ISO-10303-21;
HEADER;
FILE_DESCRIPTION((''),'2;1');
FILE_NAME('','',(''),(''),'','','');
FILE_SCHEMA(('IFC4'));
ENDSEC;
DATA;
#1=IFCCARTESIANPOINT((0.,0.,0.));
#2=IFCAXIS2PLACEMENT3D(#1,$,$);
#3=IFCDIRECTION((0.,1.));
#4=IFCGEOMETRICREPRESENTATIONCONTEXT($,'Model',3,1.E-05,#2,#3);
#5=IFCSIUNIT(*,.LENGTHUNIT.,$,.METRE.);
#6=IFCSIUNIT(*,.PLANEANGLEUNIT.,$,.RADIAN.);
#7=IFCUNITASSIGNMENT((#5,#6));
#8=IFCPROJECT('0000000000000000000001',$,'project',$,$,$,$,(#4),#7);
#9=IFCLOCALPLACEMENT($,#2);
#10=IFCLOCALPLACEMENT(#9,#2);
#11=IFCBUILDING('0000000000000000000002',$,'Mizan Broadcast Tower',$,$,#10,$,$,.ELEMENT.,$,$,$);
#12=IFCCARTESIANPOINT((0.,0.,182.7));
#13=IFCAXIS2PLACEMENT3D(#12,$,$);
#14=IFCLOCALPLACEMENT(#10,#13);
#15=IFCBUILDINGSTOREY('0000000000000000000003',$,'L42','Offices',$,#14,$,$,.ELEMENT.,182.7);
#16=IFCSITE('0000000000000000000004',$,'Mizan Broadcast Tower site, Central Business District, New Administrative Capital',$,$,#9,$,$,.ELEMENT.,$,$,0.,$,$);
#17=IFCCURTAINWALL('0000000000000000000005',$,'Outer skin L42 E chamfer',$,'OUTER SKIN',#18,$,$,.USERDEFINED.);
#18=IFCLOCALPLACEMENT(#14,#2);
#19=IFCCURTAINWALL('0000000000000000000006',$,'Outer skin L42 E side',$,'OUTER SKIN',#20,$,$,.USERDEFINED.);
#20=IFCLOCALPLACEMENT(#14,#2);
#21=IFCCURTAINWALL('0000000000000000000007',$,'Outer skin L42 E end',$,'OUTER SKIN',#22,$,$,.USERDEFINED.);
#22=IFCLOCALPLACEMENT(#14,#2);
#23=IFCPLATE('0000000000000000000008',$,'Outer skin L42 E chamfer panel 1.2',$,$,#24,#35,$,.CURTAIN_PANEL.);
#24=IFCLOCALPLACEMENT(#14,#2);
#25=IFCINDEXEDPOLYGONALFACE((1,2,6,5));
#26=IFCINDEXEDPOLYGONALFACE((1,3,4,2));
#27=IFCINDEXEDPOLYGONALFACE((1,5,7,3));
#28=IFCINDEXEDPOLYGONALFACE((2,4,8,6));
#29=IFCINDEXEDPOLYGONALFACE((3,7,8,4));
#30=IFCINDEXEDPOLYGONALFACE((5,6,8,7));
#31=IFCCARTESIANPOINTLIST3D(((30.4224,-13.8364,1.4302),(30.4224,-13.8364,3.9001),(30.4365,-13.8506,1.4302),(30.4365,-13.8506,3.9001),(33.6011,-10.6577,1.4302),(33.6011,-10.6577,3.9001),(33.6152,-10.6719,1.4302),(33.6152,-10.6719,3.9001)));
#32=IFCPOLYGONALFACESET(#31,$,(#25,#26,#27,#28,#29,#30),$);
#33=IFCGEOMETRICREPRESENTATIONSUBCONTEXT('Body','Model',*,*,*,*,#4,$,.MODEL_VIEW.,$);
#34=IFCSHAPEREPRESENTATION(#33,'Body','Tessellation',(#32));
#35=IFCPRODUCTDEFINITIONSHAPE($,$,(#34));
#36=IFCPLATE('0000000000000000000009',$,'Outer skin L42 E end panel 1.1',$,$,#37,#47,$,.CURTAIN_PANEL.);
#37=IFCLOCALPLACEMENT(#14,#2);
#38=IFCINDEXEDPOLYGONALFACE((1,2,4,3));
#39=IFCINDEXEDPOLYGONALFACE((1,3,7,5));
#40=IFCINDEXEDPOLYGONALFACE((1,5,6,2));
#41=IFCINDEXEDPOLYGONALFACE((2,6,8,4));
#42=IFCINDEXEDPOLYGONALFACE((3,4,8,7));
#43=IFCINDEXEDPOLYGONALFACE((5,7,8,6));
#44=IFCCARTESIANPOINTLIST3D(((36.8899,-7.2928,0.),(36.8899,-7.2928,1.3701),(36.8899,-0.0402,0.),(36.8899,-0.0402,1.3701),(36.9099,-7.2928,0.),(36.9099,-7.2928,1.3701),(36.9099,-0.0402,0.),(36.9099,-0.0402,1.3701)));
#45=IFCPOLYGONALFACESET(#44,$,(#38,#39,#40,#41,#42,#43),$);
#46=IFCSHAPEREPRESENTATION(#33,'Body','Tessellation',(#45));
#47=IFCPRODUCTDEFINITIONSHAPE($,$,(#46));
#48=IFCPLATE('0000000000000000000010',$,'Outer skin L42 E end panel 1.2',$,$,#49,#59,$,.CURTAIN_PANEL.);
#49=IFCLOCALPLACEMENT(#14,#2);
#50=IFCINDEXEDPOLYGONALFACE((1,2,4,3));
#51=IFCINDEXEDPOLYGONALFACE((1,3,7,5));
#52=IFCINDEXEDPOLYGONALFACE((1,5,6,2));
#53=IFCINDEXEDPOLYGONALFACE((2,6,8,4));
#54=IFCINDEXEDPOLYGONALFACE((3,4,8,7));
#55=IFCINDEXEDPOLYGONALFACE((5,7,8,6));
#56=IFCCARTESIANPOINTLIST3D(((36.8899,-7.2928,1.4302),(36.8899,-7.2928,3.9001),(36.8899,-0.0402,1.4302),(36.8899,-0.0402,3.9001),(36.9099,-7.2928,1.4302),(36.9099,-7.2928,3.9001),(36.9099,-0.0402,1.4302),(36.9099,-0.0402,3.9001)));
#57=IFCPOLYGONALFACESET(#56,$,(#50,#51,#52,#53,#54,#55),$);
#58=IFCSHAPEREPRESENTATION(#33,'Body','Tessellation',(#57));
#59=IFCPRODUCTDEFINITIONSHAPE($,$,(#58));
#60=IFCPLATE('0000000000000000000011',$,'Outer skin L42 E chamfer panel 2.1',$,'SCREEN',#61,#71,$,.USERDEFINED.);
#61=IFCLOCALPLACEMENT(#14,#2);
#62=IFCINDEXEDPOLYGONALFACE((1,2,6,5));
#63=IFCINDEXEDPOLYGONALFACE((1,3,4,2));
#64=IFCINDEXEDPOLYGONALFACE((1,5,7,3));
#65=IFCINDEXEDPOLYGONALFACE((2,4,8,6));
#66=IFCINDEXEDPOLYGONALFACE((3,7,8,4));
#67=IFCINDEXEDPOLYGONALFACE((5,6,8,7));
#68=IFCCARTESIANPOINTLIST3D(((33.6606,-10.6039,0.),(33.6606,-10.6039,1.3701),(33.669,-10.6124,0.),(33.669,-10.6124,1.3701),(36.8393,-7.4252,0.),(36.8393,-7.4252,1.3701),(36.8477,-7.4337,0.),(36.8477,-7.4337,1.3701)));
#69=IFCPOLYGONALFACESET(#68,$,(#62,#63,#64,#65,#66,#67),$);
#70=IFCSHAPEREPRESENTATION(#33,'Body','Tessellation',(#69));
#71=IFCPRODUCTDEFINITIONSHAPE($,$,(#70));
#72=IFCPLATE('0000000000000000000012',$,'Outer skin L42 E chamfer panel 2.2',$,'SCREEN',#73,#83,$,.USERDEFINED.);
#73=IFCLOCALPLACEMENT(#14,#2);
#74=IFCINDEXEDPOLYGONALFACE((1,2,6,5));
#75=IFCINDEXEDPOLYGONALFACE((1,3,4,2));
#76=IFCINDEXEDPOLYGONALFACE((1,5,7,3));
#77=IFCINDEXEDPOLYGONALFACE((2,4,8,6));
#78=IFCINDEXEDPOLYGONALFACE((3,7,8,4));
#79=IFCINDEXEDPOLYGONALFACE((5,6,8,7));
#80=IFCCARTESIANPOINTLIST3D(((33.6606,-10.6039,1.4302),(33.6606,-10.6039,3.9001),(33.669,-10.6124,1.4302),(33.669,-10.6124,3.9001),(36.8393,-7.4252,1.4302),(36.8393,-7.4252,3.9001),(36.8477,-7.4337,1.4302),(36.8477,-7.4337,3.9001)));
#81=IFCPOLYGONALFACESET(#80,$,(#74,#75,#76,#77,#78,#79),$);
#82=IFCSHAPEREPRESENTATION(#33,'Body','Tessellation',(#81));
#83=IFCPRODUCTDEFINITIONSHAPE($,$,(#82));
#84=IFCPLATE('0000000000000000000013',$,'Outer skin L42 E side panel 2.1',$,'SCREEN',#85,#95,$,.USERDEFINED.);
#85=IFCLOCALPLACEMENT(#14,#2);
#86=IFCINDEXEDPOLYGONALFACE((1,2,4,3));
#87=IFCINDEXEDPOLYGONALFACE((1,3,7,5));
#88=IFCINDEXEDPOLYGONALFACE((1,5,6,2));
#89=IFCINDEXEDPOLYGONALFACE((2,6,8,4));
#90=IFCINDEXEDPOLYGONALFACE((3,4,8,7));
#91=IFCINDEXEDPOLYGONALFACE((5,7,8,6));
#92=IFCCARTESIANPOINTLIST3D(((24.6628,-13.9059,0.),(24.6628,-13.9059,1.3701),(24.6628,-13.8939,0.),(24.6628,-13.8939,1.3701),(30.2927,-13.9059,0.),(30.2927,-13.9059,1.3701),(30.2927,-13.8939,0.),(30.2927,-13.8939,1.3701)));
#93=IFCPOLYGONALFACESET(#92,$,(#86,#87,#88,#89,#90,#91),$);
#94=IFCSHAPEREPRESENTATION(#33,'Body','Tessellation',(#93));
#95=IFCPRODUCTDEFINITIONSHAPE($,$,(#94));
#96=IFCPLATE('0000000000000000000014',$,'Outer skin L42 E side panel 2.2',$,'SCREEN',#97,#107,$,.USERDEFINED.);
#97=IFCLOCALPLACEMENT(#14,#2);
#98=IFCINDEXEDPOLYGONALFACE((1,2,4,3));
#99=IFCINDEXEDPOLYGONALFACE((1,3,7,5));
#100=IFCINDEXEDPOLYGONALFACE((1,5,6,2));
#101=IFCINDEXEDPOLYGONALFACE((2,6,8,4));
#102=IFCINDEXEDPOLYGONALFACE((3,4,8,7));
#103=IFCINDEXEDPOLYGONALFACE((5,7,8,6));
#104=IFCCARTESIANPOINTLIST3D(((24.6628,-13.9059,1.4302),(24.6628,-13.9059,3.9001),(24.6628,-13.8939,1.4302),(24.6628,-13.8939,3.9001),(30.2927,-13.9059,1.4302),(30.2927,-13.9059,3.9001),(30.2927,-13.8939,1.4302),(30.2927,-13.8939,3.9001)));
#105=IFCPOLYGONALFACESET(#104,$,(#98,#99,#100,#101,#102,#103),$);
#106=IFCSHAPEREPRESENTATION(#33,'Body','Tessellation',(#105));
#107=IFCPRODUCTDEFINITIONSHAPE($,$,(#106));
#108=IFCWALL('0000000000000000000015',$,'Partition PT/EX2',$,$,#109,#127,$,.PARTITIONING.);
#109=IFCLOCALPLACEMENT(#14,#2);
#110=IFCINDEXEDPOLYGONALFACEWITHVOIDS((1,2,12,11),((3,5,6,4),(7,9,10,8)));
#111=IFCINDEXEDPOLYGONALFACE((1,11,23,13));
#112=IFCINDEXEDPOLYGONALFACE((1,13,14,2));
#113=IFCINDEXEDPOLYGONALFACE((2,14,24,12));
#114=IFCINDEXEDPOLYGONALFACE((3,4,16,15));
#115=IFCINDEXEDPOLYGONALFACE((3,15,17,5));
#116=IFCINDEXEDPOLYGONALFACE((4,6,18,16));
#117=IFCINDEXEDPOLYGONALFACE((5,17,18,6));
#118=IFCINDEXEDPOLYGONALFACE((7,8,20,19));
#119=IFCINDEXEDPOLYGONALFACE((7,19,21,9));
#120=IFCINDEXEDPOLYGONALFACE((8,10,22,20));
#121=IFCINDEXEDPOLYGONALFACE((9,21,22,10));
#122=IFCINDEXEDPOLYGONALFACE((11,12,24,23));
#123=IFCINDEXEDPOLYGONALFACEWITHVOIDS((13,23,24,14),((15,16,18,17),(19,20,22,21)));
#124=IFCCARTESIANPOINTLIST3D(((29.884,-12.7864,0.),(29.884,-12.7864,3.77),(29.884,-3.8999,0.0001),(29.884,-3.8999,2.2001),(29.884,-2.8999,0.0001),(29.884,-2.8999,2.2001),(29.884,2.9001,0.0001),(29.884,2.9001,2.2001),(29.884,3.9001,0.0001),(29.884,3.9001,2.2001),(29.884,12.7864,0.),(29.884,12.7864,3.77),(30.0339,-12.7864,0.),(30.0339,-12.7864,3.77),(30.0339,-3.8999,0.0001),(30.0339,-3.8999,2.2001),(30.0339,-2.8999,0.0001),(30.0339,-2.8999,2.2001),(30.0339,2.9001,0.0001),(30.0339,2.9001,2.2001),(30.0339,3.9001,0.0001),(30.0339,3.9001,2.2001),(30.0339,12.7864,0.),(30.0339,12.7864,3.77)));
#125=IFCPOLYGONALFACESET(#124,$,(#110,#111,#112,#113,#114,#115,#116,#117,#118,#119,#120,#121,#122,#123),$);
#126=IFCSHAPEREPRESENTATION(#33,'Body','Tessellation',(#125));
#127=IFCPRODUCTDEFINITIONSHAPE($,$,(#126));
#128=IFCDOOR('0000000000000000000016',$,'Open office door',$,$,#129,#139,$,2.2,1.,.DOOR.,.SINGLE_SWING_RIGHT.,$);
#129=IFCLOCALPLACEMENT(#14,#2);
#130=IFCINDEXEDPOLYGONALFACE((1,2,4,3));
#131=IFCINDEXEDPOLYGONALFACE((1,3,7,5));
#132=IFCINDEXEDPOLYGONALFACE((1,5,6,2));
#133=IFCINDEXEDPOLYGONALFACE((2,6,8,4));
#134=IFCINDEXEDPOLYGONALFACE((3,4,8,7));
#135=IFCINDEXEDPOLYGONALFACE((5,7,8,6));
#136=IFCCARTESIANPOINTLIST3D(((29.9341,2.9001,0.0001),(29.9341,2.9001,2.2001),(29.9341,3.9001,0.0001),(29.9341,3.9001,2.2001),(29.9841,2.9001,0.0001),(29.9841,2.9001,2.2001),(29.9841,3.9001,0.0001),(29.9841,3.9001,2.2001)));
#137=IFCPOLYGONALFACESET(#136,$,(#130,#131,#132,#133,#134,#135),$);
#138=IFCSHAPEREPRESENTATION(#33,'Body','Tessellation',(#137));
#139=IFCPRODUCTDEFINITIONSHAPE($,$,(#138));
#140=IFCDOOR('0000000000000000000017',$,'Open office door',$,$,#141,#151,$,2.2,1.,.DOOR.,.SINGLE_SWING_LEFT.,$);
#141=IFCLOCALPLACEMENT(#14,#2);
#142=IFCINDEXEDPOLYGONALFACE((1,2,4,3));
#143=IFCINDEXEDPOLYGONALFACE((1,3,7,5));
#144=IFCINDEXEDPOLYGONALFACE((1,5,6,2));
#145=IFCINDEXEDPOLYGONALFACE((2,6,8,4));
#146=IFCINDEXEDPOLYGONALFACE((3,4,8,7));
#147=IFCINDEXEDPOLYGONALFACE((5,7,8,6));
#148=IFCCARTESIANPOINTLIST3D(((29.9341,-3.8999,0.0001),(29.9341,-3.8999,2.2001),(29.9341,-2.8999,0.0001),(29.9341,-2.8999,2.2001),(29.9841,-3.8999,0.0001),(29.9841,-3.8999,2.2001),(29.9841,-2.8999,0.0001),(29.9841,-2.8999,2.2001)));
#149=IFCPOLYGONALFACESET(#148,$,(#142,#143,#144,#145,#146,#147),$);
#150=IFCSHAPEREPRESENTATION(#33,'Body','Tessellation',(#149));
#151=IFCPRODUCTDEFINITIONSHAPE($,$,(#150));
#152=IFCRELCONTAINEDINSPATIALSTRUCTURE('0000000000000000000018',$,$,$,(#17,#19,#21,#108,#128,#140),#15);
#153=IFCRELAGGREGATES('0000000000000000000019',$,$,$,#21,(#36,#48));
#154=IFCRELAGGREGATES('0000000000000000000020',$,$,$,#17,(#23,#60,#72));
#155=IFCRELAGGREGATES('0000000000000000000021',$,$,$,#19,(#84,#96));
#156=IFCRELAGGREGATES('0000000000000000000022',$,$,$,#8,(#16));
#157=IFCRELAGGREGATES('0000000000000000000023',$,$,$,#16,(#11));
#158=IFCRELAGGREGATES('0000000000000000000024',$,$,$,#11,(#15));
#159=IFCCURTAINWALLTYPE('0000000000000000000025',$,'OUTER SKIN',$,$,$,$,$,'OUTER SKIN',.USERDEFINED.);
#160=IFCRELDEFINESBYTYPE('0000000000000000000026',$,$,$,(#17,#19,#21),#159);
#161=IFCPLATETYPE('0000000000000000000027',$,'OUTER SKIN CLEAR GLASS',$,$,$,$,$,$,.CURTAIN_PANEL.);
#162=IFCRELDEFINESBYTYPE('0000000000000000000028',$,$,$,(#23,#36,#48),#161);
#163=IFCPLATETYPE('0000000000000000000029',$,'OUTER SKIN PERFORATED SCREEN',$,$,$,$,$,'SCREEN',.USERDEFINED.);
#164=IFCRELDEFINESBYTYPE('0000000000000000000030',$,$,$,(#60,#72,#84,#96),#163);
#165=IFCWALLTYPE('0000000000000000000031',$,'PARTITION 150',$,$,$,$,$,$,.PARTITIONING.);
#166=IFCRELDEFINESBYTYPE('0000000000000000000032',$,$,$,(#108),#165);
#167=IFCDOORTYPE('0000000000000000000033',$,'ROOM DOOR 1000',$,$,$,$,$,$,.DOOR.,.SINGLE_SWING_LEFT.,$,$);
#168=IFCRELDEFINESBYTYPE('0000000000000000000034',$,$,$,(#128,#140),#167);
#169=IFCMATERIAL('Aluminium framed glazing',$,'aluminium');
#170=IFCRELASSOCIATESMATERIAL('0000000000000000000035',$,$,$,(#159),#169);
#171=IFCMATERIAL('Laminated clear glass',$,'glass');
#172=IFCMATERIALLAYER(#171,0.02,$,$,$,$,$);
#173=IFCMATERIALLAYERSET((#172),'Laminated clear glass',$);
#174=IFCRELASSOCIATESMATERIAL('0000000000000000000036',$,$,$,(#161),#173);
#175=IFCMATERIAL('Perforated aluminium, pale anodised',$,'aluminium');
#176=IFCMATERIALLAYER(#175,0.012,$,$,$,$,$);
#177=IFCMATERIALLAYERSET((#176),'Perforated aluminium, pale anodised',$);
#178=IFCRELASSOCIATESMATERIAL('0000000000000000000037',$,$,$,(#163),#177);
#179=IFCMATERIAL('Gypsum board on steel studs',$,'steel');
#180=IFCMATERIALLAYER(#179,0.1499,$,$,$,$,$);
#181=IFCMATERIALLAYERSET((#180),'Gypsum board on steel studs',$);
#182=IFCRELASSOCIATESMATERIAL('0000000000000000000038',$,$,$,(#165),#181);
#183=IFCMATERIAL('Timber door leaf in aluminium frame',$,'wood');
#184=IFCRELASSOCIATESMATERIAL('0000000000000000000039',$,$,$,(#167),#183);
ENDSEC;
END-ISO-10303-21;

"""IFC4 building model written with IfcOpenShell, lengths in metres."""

from ifc_helpers import new_model, si_unit, direction, frame, frame_2d, origin, origin_2d, place, context, subcontext, project, spatial, rectangle, extrude, material, layer, layer_set, type_object, element, fill, aggregate, save


model = new_model("IFC4")

# Units and contexts
model_context = context("Model", 3, precision=1e-05, world=origin(), true_north=direction((0.0, 1.0)))
body_context = subcontext(model_context, "Body", "Model", "MODEL_VIEW")
ifc_project = project(units=[si_unit("LENGTHUNIT", "METRE"), si_unit("PLANEANGLEUNIT", "RADIAN")], contexts=[model_context])

# Site, building, storey
site_placement = place(None, origin())
site = spatial("IfcSite", under=ifc_project, at=site_placement, Name="Mizan Broadcast Tower site, Central Business District, New Administrative Capital", CompositionType="ELEMENT", RefElevation=0.0)
building_placement = place(site_placement, origin())
building = spatial("IfcBuilding", under=site, at=building_placement, Name="Mizan Broadcast Tower", CompositionType="ELEMENT")
storey_placement = place(building_placement, frame((0.0, 0.0, 182.7)))
storey = spatial("IfcBuildingStorey", under=building, at=storey_placement, Name="L42", Description="Offices", CompositionType="ELEMENT", Elevation=182.7)

# Curtain wall
ifc_material_1 = material(Name="Aluminium framed glazing", Category="aluminium")
curtain_wall_type_1 = type_object("IfcCurtainWallType", Name="OUTER SKIN", ElementType="OUTER SKIN", PredefinedType="USERDEFINED", material=ifc_material_1)
curtain_wall_1_placement = place(storey_placement, origin())
curtain_wall_1 = element("IfcCurtainWall", 1, at=curtain_wall_1_placement, inside=storey, type_object=curtain_wall_type_1, Name="Outer skin L42 E chamfer", ObjectType="OUTER SKIN", PredefinedType="USERDEFINED")

# Curtain wall
curtain_wall_2_placement = place(storey_placement, origin())
curtain_wall_2 = element("IfcCurtainWall", 2, at=curtain_wall_2_placement, inside=storey, type_object=curtain_wall_type_1, Name="Outer skin L42 E side", ObjectType="OUTER SKIN", PredefinedType="USERDEFINED")

# Curtain wall
curtain_wall_3_placement = place(storey_placement, origin())
curtain_wall_3 = element("IfcCurtainWall", 3, at=curtain_wall_3_placement, inside=storey, type_object=curtain_wall_type_1, Name="Outer skin L42 E end", ObjectType="OUTER SKIN", PredefinedType="USERDEFINED")

# Plates
ifc_material_2 = material(Name="Laminated clear glass", Category="glass")
ifc_layer_1 = layer(ifc_material_2, 0.02)
ifc_layer_set_1 = layer_set([ifc_layer_1], Name="Laminated clear glass")
plate_type_1 = type_object("IfcPlateType", Name="OUTER SKIN CLEAR GLASS", PredefinedType="CURTAIN_PANEL", material=ifc_layer_set_1)
plate_1_placement = place(storey_placement, frame((32.0188, -12.2542, 1.4302), z_axis=(0.0, 0.0, 1.0), x_axis=(0.707107, 0.707107, 0.0)))
plate_1 = element("IfcPlate", 4, at=plate_1_placement, type_object=plate_type_1, Name="Outer skin L42 E chamfer panel 1.2", PredefinedType="CURTAIN_PANEL", context=body_context, shape_type="SweptSolid", body=[
    extrude(rectangle(XDim=4.4954, YDim=0.02, at=origin_2d()), origin(), (0.0, 0.0, 1.0), 2.47),
])
plate_2_placement = place(storey_placement, frame((36.8999, -3.6665, 0.0), z_axis=(0.0, 0.0, 1.0), x_axis=(0.0, 1.0, 0.0)))
plate_2 = element("IfcPlate", 5, at=plate_2_placement, type_object=plate_type_1, Name="Outer skin L42 E end panel 1.1", PredefinedType="CURTAIN_PANEL", context=body_context, shape_type="SweptSolid", body=[
    extrude(rectangle(XDim=7.2527, YDim=0.02, at=origin_2d()), origin(), (0.0, 0.0, 1.0), 1.3701),
])
plate_3_placement = place(storey_placement, frame((36.8999, -3.6665, 1.4302), z_axis=(0.0, 0.0, 1.0), x_axis=(0.0, 1.0, 0.0)))
plate_3 = element("IfcPlate", 6, at=plate_3_placement, type_object=plate_type_1, Name="Outer skin L42 E end panel 1.2", PredefinedType="CURTAIN_PANEL", context=body_context, shape_type="SweptSolid", body=[
    extrude(rectangle(XDim=7.2527, YDim=0.02, at=origin_2d()), origin(), (0.0, 0.0, 1.0), 2.47),
])
aggregate(curtain_wall_3, [plate_2, plate_3])
ifc_material_3 = material(Name="Perforated aluminium, pale anodised", Category="aluminium")
ifc_layer_2 = layer(ifc_material_3, 0.012)
ifc_layer_set_2 = layer_set([ifc_layer_2], Name="Perforated aluminium, pale anodised")
plate_type_2 = type_object("IfcPlateType", Name="OUTER SKIN PERFORATED SCREEN", ElementType="SCREEN", PredefinedType="USERDEFINED", material=ifc_layer_set_2)
plate_4_placement = place(storey_placement, frame((35.2542, -9.0188, 0.0), z_axis=(0.0, 0.0, 1.0), x_axis=(0.707107, 0.707107, 0.0)))
plate_4 = element("IfcPlate", 7, at=plate_4_placement, type_object=plate_type_2, Name="Outer skin L42 E chamfer panel 2.1", ObjectType="SCREEN", PredefinedType="USERDEFINED", context=body_context, shape_type="SweptSolid", body=[
    extrude(rectangle(XDim=4.4954, YDim=0.012, at=origin_2d()), origin(), (0.0, 0.0, 1.0), 1.3701),
])
plate_5_placement = place(storey_placement, frame((35.2542, -9.0188, 1.4302), z_axis=(0.0, 0.0, 1.0), x_axis=(0.707107, 0.707107, 0.0)))
plate_5 = element("IfcPlate", 8, at=plate_5_placement, type_object=plate_type_2, Name="Outer skin L42 E chamfer panel 2.2", ObjectType="SCREEN", PredefinedType="USERDEFINED", context=body_context, shape_type="SweptSolid", body=[
    extrude(rectangle(XDim=4.4954, YDim=0.012, at=origin_2d()), origin(), (0.0, 0.0, 1.0), 2.47),
])
aggregate(curtain_wall_1, [plate_1, plate_4, plate_5])
plate_6_placement = place(storey_placement, frame((27.4778, -13.8999, 0.0), z_axis=(0.0, 0.0, 1.0), x_axis=(1.0, 0.0, 0.0)))
plate_6 = element("IfcPlate", 9, at=plate_6_placement, type_object=plate_type_2, Name="Outer skin L42 E side panel 2.1", ObjectType="SCREEN", PredefinedType="USERDEFINED", context=body_context, shape_type="SweptSolid", body=[
    extrude(rectangle(XDim=5.6299, YDim=0.012, at=origin_2d()), origin(), (0.0, 0.0, 1.0), 1.3701),
])
plate_7_placement = place(storey_placement, frame((27.4778, -13.8999, 1.4302), z_axis=(0.0, 0.0, 1.0), x_axis=(1.0, 0.0, 0.0)))
plate_7 = element("IfcPlate", 10, at=plate_7_placement, type_object=plate_type_2, Name="Outer skin L42 E side panel 2.2", ObjectType="SCREEN", PredefinedType="USERDEFINED", context=body_context, shape_type="SweptSolid", body=[
    extrude(rectangle(XDim=5.6299, YDim=0.012, at=origin_2d()), origin(), (0.0, 0.0, 1.0), 2.47),
])
aggregate(curtain_wall_2, [plate_6, plate_7])

# Wall, openings, doors
ifc_material_4 = material(Name="Gypsum board on steel studs", Category="steel")
ifc_layer_3 = layer(ifc_material_4, 0.1499)
ifc_layer_set_3 = layer_set([ifc_layer_3], Name="Gypsum board on steel studs")
wall_type = type_object("IfcWallType", Name="PARTITION 150", PredefinedType="PARTITIONING", material=ifc_layer_set_3)
wall_placement = place(storey_placement, frame((29.959, -12.7864, 0.0), z_axis=(0.0, 0.0, 1.0), x_axis=(0.0, 1.0, 0.0)))
wall = element("IfcWall", 11, at=wall_placement, inside=storey, type_object=wall_type, Name="Partition PT/EX2", PredefinedType="PARTITIONING", context=body_context, shape_type="SweptSolid", body=[
    extrude(rectangle(XDim=25.5728, YDim=0.1499, at=frame_2d((12.7864, 0.0))), origin(), (0.0, 0.0, 1.0), 3.77),
])
opening_1_placement = place(wall_placement, frame((15.6865, 0.0, 0.0)))
opening_1 = element("IfcOpeningElement", 12, at=opening_1_placement, cuts=wall, PredefinedType="OPENING", context=body_context, shape_type="SweptSolid", body=[
    extrude(rectangle(XDim=1.0, YDim=2.2, at=frame_2d((0.5, 1.1001))), frame((0.0, 0.085, 0.0), z_axis=(0.0, -1.0, 0.0), x_axis=(1.0, 0.0, 0.0)), (0.0, 0.0, 1.0), 0.1699),
])
opening_2_placement = place(wall_placement, frame((8.8865, 0.0, 0.0)))
opening_2 = element("IfcOpeningElement", 13, at=opening_2_placement, cuts=wall, PredefinedType="OPENING", context=body_context, shape_type="SweptSolid", body=[
    extrude(rectangle(XDim=1.0, YDim=2.2, at=frame_2d((0.5, 1.1001))), frame((0.0, 0.085, 0.0), z_axis=(0.0, -1.0, 0.0), x_axis=(1.0, 0.0, 0.0)), (0.0, 0.0, 1.0), 0.1699),
])
ifc_material_5 = material(Name="Timber door leaf in aluminium frame", Category="wood")
door_type = type_object("IfcDoorType", Name="ROOM DOOR 1000", OperationType="SINGLE_SWING_LEFT", PredefinedType="DOOR", material=ifc_material_5)
door_1_placement = place(opening_1_placement, origin())
door_1 = element("IfcDoor", 14, at=door_1_placement, inside=storey, type_object=door_type, Name="Open office door", OperationType="SINGLE_SWING_RIGHT", OverallHeight=2.2, OverallWidth=1.0, PredefinedType="DOOR", context=body_context, shape_type="SweptSolid", body=[
    extrude(rectangle(XDim=1.0, YDim=2.2, at=frame_2d((0.5, 1.1001))), frame((0.0, 0.0249, 0.0), z_axis=(0.0, -1.0, 0.0), x_axis=(1.0, 0.0, 0.0)), (0.0, 0.0, 1.0), 0.05),
])
fill(opening_1, door_1)
door_2_placement = place(opening_2_placement, origin())
door_2 = element("IfcDoor", 15, at=door_2_placement, inside=storey, type_object=door_type, Name="Open office door", OperationType="SINGLE_SWING_LEFT", OverallHeight=2.2, OverallWidth=1.0, PredefinedType="DOOR", context=body_context, shape_type="SweptSolid", body=[
    extrude(rectangle(XDim=1.0, YDim=2.2, at=frame_2d((0.5, 1.1001))), frame((0.0, 0.0249, 0.0), z_axis=(0.0, -1.0, 0.0), x_axis=(1.0, 0.0, 0.0)), (0.0, 0.0, 1.0), 0.05),
])
fill(opening_2, door_2)

save(model, "model.ifc")
